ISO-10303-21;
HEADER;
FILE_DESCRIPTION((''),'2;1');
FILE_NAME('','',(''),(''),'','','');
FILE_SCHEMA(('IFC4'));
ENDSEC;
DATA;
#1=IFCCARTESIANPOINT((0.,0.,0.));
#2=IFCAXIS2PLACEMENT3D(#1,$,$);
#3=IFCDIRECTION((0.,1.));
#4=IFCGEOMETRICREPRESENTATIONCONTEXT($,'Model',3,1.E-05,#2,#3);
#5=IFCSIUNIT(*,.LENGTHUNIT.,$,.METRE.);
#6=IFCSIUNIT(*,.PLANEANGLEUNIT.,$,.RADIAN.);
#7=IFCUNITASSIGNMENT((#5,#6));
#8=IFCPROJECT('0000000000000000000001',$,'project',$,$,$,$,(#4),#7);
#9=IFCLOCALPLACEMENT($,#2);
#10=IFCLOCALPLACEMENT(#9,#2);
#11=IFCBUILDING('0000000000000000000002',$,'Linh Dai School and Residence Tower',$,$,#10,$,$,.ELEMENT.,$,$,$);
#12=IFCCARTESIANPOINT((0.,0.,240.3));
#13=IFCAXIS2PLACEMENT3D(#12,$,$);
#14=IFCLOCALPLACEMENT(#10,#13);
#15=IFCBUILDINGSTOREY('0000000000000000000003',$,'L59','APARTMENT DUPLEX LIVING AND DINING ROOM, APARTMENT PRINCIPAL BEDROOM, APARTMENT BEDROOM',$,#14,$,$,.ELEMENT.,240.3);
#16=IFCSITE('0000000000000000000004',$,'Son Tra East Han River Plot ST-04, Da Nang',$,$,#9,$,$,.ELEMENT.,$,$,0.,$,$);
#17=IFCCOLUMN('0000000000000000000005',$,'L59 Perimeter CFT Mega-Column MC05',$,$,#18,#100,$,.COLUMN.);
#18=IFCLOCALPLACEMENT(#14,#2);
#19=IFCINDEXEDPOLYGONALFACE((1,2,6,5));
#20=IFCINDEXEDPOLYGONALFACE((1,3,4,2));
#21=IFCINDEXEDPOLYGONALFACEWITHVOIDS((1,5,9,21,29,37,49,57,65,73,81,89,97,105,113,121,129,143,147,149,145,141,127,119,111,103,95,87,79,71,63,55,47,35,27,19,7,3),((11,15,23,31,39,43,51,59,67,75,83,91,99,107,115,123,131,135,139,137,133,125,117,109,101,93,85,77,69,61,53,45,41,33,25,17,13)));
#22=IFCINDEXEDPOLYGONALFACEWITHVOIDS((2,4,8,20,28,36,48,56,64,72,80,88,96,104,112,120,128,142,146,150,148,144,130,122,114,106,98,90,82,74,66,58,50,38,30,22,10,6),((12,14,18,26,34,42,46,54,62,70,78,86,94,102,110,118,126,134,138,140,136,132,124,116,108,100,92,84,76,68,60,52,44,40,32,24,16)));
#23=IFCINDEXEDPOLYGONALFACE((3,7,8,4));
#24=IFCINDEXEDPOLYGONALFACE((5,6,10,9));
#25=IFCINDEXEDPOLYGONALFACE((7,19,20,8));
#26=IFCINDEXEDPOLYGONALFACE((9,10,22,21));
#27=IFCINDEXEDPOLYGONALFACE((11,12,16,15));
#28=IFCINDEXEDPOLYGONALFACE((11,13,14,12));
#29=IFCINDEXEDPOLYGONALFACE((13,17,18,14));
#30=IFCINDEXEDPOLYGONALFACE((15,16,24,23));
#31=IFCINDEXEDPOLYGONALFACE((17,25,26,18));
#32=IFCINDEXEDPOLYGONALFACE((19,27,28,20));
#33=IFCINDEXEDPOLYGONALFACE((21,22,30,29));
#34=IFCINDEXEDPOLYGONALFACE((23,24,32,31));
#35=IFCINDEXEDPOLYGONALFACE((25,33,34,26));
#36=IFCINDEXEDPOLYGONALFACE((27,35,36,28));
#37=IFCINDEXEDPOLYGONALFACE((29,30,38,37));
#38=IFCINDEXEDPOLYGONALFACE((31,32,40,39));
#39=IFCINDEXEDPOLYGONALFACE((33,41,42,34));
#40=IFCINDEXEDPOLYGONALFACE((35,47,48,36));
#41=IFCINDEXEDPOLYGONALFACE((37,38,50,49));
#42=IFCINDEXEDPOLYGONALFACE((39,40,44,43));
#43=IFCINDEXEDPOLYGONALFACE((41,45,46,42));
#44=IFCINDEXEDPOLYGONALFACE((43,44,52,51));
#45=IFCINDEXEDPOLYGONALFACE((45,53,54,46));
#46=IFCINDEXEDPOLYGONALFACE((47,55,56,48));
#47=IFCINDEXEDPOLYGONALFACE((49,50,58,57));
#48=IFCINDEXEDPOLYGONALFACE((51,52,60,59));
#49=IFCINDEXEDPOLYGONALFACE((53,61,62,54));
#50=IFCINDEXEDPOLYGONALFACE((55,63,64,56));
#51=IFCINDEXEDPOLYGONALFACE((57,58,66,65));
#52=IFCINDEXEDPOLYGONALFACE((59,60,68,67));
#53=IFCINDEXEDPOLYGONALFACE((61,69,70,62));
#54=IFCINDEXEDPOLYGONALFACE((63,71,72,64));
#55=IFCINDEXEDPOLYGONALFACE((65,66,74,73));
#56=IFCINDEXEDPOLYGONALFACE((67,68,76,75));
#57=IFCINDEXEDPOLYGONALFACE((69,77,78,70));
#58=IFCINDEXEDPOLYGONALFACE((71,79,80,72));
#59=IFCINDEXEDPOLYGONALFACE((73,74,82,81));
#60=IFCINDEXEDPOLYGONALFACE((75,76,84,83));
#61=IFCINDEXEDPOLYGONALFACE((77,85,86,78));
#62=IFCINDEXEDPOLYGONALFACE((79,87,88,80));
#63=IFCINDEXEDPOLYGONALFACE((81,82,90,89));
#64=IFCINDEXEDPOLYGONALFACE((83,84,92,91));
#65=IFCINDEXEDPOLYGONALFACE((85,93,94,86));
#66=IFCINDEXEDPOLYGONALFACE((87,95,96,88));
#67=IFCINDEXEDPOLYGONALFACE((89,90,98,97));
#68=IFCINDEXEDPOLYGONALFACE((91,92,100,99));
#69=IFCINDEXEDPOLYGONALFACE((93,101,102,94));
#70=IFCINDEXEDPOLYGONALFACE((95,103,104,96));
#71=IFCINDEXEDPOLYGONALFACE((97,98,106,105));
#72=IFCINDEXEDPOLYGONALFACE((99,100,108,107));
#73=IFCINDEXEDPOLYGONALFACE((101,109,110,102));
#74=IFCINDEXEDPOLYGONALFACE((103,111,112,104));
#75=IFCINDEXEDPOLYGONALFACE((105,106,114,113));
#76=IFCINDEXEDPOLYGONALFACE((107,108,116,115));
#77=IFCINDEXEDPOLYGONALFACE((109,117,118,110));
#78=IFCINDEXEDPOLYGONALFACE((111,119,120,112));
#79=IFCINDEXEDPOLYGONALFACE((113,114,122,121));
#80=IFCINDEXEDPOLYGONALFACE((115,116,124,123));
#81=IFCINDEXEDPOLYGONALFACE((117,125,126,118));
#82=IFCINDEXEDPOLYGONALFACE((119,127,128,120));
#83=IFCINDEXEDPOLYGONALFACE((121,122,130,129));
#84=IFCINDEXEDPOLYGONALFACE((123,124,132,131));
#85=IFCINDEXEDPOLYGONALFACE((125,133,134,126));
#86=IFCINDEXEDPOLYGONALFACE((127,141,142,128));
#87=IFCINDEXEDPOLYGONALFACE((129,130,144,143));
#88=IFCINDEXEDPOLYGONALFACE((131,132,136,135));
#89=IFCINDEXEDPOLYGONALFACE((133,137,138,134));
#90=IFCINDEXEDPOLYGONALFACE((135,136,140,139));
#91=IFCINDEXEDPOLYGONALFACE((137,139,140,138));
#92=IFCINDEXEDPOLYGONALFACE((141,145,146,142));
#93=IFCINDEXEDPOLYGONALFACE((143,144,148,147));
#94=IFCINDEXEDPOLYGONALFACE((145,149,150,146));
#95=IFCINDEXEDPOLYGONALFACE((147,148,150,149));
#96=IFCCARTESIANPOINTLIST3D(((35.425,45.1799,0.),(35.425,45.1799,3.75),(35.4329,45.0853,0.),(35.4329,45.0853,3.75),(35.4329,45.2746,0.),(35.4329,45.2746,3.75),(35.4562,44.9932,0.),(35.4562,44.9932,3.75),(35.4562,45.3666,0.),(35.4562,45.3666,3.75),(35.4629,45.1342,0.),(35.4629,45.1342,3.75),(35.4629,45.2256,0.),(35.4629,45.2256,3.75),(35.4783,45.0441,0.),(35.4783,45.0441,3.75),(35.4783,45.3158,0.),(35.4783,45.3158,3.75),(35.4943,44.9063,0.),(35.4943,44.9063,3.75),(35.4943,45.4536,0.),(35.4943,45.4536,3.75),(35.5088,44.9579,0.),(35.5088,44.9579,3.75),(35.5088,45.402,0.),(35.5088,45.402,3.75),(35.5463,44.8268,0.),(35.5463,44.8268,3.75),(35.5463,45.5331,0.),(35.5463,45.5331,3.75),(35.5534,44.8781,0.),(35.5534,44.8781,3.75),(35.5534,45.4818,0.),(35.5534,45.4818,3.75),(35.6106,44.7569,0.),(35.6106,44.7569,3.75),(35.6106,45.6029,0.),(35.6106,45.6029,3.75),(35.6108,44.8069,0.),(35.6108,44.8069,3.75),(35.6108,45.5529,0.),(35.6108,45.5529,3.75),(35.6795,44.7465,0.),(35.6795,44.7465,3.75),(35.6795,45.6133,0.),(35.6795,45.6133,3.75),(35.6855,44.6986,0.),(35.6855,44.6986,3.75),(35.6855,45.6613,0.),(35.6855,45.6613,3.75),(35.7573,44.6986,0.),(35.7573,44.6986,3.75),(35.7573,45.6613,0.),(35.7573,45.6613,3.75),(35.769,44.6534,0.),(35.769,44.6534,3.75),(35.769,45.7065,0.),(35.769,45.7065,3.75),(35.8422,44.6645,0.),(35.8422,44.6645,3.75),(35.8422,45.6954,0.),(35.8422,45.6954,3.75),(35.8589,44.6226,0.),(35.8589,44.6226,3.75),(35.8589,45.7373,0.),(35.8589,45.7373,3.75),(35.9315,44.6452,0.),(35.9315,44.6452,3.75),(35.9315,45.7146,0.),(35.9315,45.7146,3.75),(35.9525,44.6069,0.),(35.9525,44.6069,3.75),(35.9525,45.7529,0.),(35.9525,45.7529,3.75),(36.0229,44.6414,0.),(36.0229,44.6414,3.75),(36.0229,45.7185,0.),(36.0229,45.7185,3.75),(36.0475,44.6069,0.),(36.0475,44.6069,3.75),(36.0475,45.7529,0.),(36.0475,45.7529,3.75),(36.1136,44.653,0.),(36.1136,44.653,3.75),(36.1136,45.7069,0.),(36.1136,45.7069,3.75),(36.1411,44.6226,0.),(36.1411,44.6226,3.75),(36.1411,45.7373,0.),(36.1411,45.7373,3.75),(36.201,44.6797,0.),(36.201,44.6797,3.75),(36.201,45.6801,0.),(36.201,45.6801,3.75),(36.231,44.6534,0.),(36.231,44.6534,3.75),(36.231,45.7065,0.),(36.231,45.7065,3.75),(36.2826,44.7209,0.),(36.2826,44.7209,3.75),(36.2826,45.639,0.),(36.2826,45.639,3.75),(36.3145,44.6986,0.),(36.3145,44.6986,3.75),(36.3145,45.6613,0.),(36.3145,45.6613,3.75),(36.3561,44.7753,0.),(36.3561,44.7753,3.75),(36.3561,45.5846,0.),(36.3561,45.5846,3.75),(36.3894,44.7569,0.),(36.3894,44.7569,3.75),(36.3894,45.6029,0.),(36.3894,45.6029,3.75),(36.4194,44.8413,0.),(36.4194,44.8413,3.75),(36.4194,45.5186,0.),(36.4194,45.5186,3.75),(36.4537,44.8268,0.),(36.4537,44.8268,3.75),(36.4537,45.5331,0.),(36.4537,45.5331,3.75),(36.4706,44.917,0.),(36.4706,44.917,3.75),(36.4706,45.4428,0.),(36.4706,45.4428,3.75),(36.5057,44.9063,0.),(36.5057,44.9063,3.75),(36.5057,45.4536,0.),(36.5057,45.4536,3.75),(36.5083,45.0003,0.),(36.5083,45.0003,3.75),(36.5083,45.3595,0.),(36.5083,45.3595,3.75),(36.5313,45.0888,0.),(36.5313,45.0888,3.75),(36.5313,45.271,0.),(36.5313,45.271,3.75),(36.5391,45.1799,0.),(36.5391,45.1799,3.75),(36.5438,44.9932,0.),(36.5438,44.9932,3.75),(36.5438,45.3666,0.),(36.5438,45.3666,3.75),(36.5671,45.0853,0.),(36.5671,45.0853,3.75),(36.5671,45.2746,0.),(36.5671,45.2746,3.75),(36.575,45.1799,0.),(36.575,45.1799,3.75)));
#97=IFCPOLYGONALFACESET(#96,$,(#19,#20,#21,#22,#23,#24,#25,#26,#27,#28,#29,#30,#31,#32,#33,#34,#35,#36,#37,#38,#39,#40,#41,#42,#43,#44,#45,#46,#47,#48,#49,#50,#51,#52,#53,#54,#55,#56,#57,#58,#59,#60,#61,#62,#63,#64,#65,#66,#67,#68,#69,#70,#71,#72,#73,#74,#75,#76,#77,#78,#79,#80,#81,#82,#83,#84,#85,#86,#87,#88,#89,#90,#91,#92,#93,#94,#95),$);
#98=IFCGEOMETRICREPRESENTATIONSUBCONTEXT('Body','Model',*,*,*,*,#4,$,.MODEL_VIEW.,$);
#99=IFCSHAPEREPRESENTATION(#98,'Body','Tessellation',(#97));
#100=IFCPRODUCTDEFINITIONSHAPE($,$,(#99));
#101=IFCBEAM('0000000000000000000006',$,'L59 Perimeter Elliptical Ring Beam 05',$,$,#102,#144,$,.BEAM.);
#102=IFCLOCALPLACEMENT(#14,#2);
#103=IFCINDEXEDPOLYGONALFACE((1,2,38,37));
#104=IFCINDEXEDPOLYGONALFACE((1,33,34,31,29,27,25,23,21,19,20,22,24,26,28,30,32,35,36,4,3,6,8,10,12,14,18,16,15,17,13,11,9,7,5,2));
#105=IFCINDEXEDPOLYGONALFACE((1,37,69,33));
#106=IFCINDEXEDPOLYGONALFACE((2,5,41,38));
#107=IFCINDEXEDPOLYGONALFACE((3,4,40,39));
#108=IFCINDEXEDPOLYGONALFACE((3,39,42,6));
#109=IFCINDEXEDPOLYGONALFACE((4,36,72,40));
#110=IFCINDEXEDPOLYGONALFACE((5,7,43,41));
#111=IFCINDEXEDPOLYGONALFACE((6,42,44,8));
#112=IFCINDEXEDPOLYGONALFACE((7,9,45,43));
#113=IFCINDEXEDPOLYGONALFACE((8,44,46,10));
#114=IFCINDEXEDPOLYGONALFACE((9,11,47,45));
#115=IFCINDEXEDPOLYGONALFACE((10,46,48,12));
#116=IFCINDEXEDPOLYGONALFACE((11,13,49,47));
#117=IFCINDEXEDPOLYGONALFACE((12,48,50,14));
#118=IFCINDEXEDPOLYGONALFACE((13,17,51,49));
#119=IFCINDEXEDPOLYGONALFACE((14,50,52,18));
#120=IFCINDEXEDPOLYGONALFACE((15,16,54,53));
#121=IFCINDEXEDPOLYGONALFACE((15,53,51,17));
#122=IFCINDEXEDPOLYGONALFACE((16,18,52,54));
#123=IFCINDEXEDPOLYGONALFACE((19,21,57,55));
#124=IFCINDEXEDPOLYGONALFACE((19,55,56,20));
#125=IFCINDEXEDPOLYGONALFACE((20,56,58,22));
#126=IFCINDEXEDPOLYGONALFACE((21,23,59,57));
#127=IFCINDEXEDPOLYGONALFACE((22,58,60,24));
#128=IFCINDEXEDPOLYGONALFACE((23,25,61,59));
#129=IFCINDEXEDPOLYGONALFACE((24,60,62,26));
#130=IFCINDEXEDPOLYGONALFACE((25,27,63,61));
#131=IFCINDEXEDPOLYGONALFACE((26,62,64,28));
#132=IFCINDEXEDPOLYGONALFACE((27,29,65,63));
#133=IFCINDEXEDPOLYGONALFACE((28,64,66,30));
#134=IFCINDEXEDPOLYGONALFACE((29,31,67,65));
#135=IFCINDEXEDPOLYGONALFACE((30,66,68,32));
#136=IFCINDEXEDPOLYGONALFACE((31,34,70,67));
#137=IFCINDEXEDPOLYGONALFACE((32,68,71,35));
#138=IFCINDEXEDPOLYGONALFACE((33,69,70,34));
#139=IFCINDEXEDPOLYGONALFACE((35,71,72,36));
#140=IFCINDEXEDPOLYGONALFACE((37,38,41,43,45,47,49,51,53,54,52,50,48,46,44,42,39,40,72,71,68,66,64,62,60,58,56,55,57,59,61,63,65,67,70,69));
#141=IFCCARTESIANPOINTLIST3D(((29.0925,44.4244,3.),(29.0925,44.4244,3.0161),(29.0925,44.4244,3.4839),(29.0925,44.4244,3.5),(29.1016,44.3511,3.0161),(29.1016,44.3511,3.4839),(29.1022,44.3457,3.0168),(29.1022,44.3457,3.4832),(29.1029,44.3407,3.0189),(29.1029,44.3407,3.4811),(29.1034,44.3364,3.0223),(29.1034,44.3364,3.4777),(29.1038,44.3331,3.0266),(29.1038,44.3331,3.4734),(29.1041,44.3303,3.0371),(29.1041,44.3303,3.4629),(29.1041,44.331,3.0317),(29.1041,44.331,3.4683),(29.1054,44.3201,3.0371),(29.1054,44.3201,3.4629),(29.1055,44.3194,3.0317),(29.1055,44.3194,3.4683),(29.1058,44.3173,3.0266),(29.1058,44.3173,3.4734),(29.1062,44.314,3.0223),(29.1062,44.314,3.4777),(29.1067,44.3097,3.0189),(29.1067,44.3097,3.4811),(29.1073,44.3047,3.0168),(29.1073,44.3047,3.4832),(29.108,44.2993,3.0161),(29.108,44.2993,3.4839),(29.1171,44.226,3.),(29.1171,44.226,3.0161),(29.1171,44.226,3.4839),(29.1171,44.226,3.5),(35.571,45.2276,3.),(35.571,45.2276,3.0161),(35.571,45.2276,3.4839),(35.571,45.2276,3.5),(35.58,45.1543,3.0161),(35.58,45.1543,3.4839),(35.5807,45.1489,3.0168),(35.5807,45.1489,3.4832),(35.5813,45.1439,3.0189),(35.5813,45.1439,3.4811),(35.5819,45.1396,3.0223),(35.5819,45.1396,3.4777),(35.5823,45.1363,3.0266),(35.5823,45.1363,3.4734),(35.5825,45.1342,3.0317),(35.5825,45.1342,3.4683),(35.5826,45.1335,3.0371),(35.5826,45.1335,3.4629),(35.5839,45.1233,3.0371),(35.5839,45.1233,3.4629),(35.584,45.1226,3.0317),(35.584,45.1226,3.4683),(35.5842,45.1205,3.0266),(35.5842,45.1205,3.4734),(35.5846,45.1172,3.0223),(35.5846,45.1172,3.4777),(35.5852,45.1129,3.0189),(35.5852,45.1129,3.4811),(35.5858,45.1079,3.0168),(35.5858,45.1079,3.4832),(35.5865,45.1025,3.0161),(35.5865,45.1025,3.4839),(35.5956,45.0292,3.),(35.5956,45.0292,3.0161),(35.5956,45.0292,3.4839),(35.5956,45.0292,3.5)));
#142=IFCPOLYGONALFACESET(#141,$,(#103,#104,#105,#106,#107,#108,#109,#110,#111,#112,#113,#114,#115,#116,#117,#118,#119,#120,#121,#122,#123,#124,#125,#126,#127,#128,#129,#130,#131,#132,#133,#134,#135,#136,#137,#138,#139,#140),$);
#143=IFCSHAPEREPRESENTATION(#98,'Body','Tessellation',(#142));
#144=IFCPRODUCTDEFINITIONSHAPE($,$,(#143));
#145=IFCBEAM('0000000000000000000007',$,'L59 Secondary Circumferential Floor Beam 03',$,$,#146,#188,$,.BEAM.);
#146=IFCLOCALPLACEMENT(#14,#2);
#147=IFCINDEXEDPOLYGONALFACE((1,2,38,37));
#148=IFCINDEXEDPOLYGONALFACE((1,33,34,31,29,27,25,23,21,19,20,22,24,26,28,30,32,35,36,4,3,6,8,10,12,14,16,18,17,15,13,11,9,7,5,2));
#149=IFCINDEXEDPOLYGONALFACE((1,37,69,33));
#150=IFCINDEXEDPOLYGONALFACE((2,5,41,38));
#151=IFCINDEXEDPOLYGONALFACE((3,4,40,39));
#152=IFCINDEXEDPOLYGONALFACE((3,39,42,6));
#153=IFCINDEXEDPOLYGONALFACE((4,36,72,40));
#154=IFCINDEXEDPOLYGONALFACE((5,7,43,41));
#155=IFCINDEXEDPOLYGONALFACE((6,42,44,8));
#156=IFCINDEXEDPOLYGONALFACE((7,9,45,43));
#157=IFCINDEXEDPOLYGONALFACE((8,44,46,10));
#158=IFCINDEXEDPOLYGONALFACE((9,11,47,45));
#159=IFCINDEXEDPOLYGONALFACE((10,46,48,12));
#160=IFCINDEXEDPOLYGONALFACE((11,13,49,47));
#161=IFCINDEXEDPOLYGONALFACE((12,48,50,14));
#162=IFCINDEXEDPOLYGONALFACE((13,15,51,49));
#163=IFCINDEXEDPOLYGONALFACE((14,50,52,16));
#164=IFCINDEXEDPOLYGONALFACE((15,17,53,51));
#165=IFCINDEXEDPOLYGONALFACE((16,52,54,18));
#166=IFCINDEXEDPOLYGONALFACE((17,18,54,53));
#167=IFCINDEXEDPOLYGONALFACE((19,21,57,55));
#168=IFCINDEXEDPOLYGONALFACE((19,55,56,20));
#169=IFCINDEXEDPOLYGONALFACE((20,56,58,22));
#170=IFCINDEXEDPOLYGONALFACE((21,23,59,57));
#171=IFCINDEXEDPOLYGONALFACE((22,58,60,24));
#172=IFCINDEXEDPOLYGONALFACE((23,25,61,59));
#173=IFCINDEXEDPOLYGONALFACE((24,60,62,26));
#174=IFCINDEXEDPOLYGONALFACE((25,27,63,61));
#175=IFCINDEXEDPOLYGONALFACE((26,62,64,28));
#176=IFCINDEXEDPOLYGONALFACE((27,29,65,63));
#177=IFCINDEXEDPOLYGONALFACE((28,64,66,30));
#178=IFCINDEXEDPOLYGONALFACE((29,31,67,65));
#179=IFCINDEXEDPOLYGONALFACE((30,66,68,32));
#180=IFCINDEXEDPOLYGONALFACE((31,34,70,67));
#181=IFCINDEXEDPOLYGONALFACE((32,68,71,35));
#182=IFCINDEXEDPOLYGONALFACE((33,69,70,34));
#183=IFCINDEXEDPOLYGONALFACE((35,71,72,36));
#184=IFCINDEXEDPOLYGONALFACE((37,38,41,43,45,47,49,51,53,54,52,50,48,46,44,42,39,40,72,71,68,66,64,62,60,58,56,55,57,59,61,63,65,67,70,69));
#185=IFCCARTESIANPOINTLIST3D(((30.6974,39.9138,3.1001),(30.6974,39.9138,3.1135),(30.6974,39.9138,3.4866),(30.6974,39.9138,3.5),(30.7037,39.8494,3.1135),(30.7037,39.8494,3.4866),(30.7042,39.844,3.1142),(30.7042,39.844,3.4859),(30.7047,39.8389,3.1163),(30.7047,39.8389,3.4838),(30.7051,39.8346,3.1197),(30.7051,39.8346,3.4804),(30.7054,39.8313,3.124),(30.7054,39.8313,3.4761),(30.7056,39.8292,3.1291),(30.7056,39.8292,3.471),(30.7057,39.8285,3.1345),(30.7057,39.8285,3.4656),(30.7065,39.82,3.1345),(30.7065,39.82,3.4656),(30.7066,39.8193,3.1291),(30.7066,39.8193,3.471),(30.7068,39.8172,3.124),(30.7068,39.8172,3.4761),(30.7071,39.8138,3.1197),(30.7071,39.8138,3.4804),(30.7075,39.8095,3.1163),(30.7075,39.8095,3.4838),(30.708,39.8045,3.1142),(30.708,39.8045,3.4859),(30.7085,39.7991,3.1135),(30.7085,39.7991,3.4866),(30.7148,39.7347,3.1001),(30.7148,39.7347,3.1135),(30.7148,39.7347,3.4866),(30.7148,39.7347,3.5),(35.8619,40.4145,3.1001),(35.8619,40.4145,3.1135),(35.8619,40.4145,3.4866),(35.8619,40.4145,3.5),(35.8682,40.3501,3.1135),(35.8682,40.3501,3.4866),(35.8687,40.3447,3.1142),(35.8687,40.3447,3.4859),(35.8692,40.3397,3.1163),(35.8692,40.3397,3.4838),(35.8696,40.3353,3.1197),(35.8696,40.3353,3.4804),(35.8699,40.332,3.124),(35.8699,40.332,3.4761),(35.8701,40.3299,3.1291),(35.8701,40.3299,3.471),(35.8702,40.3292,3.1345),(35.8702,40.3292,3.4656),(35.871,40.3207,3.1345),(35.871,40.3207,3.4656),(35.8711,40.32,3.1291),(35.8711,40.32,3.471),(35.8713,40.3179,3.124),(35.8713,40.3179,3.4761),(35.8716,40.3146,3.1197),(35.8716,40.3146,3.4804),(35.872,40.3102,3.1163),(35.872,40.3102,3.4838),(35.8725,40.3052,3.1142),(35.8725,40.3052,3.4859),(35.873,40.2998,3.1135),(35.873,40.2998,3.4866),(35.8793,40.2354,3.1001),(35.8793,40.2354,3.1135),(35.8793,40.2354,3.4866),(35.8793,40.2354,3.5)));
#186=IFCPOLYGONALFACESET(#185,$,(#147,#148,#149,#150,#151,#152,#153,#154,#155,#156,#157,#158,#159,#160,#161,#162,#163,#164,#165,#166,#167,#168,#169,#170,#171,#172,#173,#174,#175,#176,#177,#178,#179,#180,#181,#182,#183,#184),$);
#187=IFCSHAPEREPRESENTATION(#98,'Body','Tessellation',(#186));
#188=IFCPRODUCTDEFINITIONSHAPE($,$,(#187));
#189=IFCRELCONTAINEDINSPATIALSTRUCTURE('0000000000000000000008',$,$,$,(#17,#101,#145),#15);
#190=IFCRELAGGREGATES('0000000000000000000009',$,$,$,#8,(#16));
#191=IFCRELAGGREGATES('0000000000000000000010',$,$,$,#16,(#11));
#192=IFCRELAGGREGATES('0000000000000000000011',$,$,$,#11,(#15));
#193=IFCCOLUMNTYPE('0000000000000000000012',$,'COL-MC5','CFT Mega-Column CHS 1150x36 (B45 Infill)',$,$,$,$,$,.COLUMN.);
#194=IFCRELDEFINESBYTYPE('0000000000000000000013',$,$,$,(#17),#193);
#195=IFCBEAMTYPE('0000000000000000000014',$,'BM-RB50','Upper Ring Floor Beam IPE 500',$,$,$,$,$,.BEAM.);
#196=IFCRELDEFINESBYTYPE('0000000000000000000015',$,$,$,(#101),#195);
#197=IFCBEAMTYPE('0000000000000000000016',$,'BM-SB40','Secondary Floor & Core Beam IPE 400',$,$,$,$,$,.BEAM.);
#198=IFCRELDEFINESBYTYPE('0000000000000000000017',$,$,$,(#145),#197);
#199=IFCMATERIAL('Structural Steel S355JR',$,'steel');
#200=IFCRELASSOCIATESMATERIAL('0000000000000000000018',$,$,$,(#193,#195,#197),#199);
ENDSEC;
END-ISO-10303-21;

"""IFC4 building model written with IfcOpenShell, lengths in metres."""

from ifc_helpers import new_model, si_unit, direction, frame, origin, origin_2d, place, context, subcontext, project, spatial, hollow_circle, i_section, extrude, material, material_profile, profile_set, type_object, element, save


model = new_model("IFC4")

# Units and contexts
model_context = context("Model", 3, precision=1e-05, world=origin(), true_north=direction((0.0, 1.0)))
body_context = subcontext(model_context, "Body", "Model", "MODEL_VIEW")
ifc_project = project(units=[si_unit("LENGTHUNIT", "METRE"), si_unit("PLANEANGLEUNIT", "RADIAN")], contexts=[model_context])

# Site, building, storey
site_placement = place(None, origin())
site = spatial("IfcSite", under=ifc_project, at=site_placement, Name="Son Tra East Han River Plot ST-04, Da Nang", CompositionType="ELEMENT", RefElevation=0.0)
building_placement = place(site_placement, origin())
building = spatial("IfcBuilding", under=site, at=building_placement, Name="Linh Dai School and Residence Tower", CompositionType="ELEMENT")
storey_placement = place(building_placement, frame((0.0, 0.0, 240.3)))
storey = spatial("IfcBuildingStorey", under=building, at=storey_placement, Name="L59", Description="APARTMENT DUPLEX LIVING AND DINING ROOM, APARTMENT PRINCIPAL BEDROOM, APARTMENT BEDROOM", CompositionType="ELEMENT", Elevation=240.3)

# Column
ifc_material_1 = material(Name="Structural Steel S355JR", Category="steel")
ifc_material_profile_1 = material_profile(ifc_material_1, hollow_circle(Radius=0.575, WallThickness=0.0359, at=origin_2d()), Name="CHS 1150x36")
ifc_profile_set_1 = profile_set([ifc_material_profile_1], Name="Structural Steel S355JR")
column_type = type_object("IfcColumnType", Name="COL-MC5", Description="CFT Mega-Column CHS 1150x36 (B45 Infill)", PredefinedType="COLUMN", material=ifc_profile_set_1)
column_placement = place(storey_placement, frame((36.0, 45.1799, 0.0), z_axis=(0.0, 0.0, 1.0), x_axis=(1.0, 0.0, 0.0)))
element("IfcColumn", 1, at=column_placement, inside=storey, type_object=column_type, Name="L59 Perimeter CFT Mega-Column MC05", PredefinedType="COLUMN", context=body_context, shape_type="SweptSolid", body=[
    extrude(hollow_circle(Radius=0.575, WallThickness=0.0359, at=origin_2d()), origin(), (0.0, 0.0, 1.0), 3.75),
])

# Beams
ifc_material_profile_2 = material_profile(ifc_material_1, i_section(OverallWidth=0.2, OverallDepth=0.5, WebThickness=0.0103, FlangeThickness=0.0161, FilletRadius=0.021, at=origin_2d()), Name="IPE 500")
ifc_profile_set_2 = profile_set([ifc_material_profile_2], Name="Structural Steel S355JR")
beam_type_1 = type_object("IfcBeamType", Name="BM-RB50", Description="Upper Ring Floor Beam IPE 500", PredefinedType="BEAM", material=ifc_profile_set_2)
beam_1_placement = place(storey_placement, frame((35.5833, 45.1284, 3.25), z_axis=(-0.992402, -0.12304, 0.0), x_axis=(0.12304, -0.992402, 0.0)))
element("IfcBeam", 2, at=beam_1_placement, inside=storey, type_object=beam_type_1, Name="L59 Perimeter Elliptical Ring Beam 05", PredefinedType="BEAM", context=body_context, shape_type="SweptSolid", body=[
    extrude(i_section(OverallWidth=0.2, OverallDepth=0.5, WebThickness=0.0103, FlangeThickness=0.0161, FilletRadius=0.021, at=origin_2d()), origin(), (0.0, 0.0, 1.0), 6.5281),
])
ifc_material_profile_3 = material_profile(ifc_material_1, i_section(OverallWidth=0.1799, OverallDepth=0.3999, WebThickness=0.0085, FlangeThickness=0.0134, FilletRadius=0.021, at=origin_2d()), Name="IPE 400")
ifc_profile_set_3 = profile_set([ifc_material_profile_3], Name="Structural Steel S355JR")
beam_type_2 = type_object("IfcBeamType", Name="BM-SB40", Description="Secondary Floor & Core Beam IPE 400", PredefinedType="BEAM", material=ifc_profile_set_3)
beam_2_placement = place(storey_placement, frame((35.8706, 40.325, 3.3), z_axis=(-0.995333, -0.096503, 0.0), x_axis=(0.096503, -0.995333, 0.0)))
element("IfcBeam", 3, at=beam_2_placement, inside=storey, type_object=beam_type_2, Name="L59 Secondary Circumferential Floor Beam 03", PredefinedType="BEAM", context=body_context, shape_type="SweptSolid", body=[
    extrude(i_section(OverallWidth=0.1799, OverallDepth=0.3999, WebThickness=0.0085, FlangeThickness=0.0134, FilletRadius=0.021, at=origin_2d()), origin(), (0.0, 0.0, 1.0), 5.1887),
])

save(model, "model.ifc")
